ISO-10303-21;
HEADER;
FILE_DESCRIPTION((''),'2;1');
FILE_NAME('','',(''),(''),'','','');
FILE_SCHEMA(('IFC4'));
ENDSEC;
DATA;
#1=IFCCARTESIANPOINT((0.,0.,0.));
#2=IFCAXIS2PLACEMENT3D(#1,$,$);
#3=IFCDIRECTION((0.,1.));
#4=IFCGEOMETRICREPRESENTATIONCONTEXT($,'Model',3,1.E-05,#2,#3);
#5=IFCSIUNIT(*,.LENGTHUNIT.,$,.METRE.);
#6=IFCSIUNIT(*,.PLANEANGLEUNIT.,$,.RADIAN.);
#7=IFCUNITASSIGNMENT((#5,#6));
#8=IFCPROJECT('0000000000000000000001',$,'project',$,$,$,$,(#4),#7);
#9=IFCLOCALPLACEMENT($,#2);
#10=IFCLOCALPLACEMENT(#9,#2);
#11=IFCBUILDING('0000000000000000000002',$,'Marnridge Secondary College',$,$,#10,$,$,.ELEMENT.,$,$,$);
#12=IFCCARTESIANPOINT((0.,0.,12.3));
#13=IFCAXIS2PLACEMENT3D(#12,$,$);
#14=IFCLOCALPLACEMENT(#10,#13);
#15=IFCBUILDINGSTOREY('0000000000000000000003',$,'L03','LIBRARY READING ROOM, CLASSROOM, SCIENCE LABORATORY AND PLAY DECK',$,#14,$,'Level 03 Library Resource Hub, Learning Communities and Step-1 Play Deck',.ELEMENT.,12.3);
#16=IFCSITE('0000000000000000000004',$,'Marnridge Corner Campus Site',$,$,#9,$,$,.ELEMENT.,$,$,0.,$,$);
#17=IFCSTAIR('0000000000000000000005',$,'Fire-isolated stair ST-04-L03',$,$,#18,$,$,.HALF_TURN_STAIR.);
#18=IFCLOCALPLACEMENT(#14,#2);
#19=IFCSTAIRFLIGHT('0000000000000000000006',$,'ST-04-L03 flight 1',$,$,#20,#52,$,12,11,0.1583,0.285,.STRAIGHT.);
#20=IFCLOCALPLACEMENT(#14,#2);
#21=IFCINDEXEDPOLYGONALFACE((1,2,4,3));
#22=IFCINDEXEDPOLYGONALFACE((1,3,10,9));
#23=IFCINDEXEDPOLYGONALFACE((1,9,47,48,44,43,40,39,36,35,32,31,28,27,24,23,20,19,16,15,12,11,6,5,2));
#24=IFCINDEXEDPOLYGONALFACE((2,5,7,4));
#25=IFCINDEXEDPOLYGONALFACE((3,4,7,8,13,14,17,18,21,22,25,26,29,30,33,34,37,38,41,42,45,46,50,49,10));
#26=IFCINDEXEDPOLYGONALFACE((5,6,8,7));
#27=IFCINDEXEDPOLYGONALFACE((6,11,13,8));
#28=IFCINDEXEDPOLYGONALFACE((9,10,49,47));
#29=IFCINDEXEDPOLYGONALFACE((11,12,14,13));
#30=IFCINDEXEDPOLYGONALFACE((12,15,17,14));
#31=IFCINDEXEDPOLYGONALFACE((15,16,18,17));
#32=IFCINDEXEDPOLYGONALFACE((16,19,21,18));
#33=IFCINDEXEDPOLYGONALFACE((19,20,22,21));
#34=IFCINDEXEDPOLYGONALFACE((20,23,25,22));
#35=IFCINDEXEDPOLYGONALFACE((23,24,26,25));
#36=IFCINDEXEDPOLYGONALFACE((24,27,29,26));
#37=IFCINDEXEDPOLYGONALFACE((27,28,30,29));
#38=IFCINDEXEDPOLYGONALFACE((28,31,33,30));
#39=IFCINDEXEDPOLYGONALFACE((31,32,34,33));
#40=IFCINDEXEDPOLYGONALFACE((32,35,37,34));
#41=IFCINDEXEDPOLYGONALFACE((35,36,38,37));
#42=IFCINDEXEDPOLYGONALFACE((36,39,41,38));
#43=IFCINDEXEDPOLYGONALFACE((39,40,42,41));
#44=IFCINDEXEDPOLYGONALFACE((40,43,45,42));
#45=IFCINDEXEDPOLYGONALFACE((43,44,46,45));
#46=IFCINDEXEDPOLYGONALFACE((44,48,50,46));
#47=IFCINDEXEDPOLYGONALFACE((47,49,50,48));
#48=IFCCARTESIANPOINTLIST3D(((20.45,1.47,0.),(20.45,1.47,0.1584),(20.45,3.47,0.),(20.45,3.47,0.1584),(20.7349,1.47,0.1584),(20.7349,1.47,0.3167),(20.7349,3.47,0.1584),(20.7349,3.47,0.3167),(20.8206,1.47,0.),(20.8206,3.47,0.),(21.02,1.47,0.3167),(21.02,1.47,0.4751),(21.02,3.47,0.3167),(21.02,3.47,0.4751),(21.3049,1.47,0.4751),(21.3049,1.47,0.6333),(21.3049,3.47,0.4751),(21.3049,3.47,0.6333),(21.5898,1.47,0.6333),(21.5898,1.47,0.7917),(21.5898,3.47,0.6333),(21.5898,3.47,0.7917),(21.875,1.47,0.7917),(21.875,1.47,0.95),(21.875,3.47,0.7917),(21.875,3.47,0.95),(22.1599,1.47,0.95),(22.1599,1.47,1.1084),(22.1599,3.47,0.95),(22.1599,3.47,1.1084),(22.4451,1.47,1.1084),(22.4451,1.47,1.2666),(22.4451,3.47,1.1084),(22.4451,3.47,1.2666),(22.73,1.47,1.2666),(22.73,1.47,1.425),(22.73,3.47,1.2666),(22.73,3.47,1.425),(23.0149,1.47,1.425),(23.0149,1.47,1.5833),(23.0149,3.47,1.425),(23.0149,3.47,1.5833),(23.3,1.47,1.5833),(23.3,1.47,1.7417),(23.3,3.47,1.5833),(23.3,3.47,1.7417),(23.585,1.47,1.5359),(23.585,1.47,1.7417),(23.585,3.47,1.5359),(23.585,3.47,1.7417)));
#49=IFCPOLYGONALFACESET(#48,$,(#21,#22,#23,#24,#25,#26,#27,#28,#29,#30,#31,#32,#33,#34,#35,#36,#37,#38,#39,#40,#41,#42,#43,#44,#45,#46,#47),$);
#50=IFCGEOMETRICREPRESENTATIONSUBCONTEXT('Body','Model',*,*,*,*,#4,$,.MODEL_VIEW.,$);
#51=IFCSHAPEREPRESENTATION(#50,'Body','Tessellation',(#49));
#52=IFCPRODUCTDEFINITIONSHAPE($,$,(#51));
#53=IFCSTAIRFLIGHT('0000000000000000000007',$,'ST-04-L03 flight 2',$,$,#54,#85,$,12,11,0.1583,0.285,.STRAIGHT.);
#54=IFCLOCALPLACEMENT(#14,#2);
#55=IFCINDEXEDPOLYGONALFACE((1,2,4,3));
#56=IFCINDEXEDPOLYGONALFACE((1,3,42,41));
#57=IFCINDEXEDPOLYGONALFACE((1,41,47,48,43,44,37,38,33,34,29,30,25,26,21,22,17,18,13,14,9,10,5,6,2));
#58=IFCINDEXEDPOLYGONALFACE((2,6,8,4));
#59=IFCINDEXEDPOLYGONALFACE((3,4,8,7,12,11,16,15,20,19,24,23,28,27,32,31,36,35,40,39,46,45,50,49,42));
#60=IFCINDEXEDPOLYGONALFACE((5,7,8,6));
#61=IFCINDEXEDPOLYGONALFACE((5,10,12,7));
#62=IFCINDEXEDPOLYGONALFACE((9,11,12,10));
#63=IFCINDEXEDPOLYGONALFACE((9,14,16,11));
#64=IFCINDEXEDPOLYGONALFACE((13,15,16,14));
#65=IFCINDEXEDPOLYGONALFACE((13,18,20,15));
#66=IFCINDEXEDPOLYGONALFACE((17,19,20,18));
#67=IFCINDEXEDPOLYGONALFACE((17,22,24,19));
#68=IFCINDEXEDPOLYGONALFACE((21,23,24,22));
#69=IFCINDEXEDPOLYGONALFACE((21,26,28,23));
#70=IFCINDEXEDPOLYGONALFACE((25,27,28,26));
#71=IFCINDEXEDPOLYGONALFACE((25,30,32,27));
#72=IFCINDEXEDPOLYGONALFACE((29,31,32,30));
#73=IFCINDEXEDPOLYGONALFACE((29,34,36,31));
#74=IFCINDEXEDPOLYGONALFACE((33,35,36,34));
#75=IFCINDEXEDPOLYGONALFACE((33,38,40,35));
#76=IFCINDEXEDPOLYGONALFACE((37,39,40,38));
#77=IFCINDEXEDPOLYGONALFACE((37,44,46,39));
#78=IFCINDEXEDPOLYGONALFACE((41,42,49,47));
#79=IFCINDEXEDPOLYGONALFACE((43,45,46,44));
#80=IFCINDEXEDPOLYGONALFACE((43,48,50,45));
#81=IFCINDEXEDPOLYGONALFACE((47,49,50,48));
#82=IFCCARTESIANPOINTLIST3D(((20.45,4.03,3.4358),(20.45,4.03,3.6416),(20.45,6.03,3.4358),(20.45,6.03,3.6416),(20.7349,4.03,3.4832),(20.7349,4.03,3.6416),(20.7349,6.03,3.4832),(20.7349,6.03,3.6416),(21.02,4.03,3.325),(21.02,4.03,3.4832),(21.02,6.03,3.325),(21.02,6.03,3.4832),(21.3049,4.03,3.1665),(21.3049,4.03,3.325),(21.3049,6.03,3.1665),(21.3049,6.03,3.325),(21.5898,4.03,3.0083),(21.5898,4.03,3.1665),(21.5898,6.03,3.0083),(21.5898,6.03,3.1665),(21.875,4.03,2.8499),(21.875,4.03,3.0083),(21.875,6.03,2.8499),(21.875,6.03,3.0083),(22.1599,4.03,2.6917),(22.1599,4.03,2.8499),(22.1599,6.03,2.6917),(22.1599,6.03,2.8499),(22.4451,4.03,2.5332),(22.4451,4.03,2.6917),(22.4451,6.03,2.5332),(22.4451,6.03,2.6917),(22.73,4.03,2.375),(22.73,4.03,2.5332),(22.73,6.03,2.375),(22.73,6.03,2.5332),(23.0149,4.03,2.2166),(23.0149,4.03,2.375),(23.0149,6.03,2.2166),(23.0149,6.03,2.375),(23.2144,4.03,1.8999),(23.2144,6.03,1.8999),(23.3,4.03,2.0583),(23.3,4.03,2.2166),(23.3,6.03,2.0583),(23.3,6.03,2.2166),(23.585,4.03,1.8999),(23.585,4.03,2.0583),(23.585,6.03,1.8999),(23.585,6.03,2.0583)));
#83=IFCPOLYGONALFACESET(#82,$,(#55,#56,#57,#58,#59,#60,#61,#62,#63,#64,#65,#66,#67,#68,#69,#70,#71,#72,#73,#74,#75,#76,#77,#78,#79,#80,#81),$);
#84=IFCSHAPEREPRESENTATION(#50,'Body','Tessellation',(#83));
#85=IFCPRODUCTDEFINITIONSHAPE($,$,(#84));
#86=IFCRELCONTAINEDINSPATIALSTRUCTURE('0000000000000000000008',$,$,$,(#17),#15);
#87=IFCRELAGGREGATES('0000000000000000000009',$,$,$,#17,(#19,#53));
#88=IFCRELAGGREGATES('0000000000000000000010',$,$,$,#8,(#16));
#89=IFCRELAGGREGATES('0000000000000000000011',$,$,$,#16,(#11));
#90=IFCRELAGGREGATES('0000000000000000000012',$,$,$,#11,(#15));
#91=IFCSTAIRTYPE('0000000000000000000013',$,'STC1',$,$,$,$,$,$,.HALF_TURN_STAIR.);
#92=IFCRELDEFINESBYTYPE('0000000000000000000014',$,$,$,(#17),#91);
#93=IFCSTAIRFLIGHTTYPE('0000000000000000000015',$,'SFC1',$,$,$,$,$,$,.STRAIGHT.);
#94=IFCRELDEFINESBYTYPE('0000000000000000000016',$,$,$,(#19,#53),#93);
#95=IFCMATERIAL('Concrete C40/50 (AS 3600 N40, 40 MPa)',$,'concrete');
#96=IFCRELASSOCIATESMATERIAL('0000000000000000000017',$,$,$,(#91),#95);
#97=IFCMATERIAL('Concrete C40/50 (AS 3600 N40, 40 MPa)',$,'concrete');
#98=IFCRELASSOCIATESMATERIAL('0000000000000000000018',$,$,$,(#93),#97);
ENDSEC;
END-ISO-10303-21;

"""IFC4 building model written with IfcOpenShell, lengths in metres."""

from ifc_helpers import new_model, si_unit, direction, frame, origin, place, context, subcontext, project, spatial, polyline, outline, extrude, material, type_object, element, aggregate, save


model = new_model("IFC4")

# Units and contexts
model_context = context("Model", 3, precision=1e-05, world=origin(), true_north=direction((0.0, 1.0)))
body_context = subcontext(model_context, "Body", "Model", "MODEL_VIEW")
ifc_project = project(units=[si_unit("LENGTHUNIT", "METRE"), si_unit("PLANEANGLEUNIT", "RADIAN")], contexts=[model_context])

# Site, building, storey
site_placement = place(None, origin())
site = spatial("IfcSite", under=ifc_project, at=site_placement, Name="Marnridge Corner Campus Site", CompositionType="ELEMENT", RefElevation=0.0)
building_placement = place(site_placement, origin())
building = spatial("IfcBuilding", under=site, at=building_placement, Name="Marnridge Secondary College", CompositionType="ELEMENT")
storey_placement = place(building_placement, frame((0.0, 0.0, 12.3)))
storey = spatial("IfcBuildingStorey", under=building, at=storey_placement, Name="L03", Description="LIBRARY READING ROOM, CLASSROOM, SCIENCE LABORATORY AND PLAY DECK", LongName="Level 03 Library Resource Hub, Learning Communities and Step-1 Play Deck", CompositionType="ELEMENT", Elevation=12.3)

# Stair, stair flights
ifc_material_1 = material(Name="Concrete C40/50 (AS 3600 N40, 40 MPa)", Category="concrete")
stair_type = type_object("IfcStairType", Name="STC1", PredefinedType="HALF_TURN_STAIR", material=ifc_material_1)
stair_placement = place(storey_placement, origin())
stair = element("IfcStair", 1, at=stair_placement, inside=storey, type_object=stair_type, Name="Fire-isolated stair ST-04-L03", PredefinedType="HALF_TURN_STAIR")
ifc_material_2 = material(Name="Concrete C40/50 (AS 3600 N40, 40 MPa)", Category="concrete")
stair_flight_type = type_object("IfcStairFlightType", Name="SFC1", PredefinedType="STRAIGHT", material=ifc_material_2)
stair_flight_1_placement = place(storey_placement, frame((20.45, 2.47, 0.0), z_axis=(0.0, 0.0, 1.0), x_axis=(1.0, 0.0, 0.0)))
stair_flight_1 = element("IfcStairFlight", 2, at=stair_flight_1_placement, type_object=stair_flight_type, Name="ST-04-L03 flight 1", NumberOfRisers=12, NumberOfTreads=11, PredefinedType="STRAIGHT", RiserHeight=0.1583, TreadLength=0.285, context=body_context, shape_type="SweptSolid", body=[
    extrude(outline(polyline([(0.0, 0.0), (0.0, 0.1584), (0.2849, 0.1584), (0.2849, 0.3167), (0.5701, 0.3167), (0.5701, 0.4751), (0.855, 0.4751), (0.855, 0.6333), (1.1399, 0.6333), (1.1399, 0.7917), (1.425, 0.7917), (1.425, 0.95), (1.71, 0.95), (1.71, 1.1084), (1.9951, 1.1084), (1.9951, 1.2666), (2.28, 1.2666), (2.28, 1.425), (2.5649, 1.425), (2.5649, 1.5833), (2.8501, 1.5833), (2.8501, 1.7417), (3.135, 1.7417), (3.135, 1.8999), (3.135, 1.5359), (0.3706, 0.0), (0.0, 0.0)])), frame((0.0, 1.0, 0.0), z_axis=(0.0, -1.0, 0.0), x_axis=(1.0, 0.0, 0.0)), (0.0, 0.0, 1.0), 2.0),
])
stair_flight_2_placement = place(storey_placement, frame((23.585, 5.03, 1.8999), z_axis=(0.0, 0.0, 1.0), x_axis=(-1.0, 0.0, 0.0)))
stair_flight_2 = element("IfcStairFlight", 3, at=stair_flight_2_placement, type_object=stair_flight_type, Name="ST-04-L03 flight 2", NumberOfRisers=12, NumberOfTreads=11, PredefinedType="STRAIGHT", RiserHeight=0.1583, TreadLength=0.285, context=body_context, shape_type="SweptSolid", body=[
    extrude(outline(polyline([(0.0, 0.0), (0.0, 0.1584), (0.2849, 0.1584), (0.2849, 0.3167), (0.5701, 0.3167), (0.5701, 0.4751), (0.855, 0.4751), (0.855, 0.6333), (1.1399, 0.6333), (1.1399, 0.7917), (1.425, 0.7917), (1.425, 0.95), (1.71, 0.95), (1.71, 1.1084), (1.9951, 1.1084), (1.9951, 1.2666), (2.28, 1.2666), (2.28, 1.425), (2.5649, 1.425), (2.5649, 1.5833), (2.8501, 1.5833), (2.8501, 1.7417), (3.135, 1.7417), (3.135, 1.8999), (3.135, 1.5359), (0.3706, 0.0), (0.0, 0.0)])), frame((0.0, 1.0, 0.0), z_axis=(0.0, -1.0, 0.0), x_axis=(1.0, 0.0, 0.0)), (0.0, 0.0, 1.0), 2.0),
])
aggregate(stair, [stair_flight_1, stair_flight_2])

save(model, "model.ifc")
